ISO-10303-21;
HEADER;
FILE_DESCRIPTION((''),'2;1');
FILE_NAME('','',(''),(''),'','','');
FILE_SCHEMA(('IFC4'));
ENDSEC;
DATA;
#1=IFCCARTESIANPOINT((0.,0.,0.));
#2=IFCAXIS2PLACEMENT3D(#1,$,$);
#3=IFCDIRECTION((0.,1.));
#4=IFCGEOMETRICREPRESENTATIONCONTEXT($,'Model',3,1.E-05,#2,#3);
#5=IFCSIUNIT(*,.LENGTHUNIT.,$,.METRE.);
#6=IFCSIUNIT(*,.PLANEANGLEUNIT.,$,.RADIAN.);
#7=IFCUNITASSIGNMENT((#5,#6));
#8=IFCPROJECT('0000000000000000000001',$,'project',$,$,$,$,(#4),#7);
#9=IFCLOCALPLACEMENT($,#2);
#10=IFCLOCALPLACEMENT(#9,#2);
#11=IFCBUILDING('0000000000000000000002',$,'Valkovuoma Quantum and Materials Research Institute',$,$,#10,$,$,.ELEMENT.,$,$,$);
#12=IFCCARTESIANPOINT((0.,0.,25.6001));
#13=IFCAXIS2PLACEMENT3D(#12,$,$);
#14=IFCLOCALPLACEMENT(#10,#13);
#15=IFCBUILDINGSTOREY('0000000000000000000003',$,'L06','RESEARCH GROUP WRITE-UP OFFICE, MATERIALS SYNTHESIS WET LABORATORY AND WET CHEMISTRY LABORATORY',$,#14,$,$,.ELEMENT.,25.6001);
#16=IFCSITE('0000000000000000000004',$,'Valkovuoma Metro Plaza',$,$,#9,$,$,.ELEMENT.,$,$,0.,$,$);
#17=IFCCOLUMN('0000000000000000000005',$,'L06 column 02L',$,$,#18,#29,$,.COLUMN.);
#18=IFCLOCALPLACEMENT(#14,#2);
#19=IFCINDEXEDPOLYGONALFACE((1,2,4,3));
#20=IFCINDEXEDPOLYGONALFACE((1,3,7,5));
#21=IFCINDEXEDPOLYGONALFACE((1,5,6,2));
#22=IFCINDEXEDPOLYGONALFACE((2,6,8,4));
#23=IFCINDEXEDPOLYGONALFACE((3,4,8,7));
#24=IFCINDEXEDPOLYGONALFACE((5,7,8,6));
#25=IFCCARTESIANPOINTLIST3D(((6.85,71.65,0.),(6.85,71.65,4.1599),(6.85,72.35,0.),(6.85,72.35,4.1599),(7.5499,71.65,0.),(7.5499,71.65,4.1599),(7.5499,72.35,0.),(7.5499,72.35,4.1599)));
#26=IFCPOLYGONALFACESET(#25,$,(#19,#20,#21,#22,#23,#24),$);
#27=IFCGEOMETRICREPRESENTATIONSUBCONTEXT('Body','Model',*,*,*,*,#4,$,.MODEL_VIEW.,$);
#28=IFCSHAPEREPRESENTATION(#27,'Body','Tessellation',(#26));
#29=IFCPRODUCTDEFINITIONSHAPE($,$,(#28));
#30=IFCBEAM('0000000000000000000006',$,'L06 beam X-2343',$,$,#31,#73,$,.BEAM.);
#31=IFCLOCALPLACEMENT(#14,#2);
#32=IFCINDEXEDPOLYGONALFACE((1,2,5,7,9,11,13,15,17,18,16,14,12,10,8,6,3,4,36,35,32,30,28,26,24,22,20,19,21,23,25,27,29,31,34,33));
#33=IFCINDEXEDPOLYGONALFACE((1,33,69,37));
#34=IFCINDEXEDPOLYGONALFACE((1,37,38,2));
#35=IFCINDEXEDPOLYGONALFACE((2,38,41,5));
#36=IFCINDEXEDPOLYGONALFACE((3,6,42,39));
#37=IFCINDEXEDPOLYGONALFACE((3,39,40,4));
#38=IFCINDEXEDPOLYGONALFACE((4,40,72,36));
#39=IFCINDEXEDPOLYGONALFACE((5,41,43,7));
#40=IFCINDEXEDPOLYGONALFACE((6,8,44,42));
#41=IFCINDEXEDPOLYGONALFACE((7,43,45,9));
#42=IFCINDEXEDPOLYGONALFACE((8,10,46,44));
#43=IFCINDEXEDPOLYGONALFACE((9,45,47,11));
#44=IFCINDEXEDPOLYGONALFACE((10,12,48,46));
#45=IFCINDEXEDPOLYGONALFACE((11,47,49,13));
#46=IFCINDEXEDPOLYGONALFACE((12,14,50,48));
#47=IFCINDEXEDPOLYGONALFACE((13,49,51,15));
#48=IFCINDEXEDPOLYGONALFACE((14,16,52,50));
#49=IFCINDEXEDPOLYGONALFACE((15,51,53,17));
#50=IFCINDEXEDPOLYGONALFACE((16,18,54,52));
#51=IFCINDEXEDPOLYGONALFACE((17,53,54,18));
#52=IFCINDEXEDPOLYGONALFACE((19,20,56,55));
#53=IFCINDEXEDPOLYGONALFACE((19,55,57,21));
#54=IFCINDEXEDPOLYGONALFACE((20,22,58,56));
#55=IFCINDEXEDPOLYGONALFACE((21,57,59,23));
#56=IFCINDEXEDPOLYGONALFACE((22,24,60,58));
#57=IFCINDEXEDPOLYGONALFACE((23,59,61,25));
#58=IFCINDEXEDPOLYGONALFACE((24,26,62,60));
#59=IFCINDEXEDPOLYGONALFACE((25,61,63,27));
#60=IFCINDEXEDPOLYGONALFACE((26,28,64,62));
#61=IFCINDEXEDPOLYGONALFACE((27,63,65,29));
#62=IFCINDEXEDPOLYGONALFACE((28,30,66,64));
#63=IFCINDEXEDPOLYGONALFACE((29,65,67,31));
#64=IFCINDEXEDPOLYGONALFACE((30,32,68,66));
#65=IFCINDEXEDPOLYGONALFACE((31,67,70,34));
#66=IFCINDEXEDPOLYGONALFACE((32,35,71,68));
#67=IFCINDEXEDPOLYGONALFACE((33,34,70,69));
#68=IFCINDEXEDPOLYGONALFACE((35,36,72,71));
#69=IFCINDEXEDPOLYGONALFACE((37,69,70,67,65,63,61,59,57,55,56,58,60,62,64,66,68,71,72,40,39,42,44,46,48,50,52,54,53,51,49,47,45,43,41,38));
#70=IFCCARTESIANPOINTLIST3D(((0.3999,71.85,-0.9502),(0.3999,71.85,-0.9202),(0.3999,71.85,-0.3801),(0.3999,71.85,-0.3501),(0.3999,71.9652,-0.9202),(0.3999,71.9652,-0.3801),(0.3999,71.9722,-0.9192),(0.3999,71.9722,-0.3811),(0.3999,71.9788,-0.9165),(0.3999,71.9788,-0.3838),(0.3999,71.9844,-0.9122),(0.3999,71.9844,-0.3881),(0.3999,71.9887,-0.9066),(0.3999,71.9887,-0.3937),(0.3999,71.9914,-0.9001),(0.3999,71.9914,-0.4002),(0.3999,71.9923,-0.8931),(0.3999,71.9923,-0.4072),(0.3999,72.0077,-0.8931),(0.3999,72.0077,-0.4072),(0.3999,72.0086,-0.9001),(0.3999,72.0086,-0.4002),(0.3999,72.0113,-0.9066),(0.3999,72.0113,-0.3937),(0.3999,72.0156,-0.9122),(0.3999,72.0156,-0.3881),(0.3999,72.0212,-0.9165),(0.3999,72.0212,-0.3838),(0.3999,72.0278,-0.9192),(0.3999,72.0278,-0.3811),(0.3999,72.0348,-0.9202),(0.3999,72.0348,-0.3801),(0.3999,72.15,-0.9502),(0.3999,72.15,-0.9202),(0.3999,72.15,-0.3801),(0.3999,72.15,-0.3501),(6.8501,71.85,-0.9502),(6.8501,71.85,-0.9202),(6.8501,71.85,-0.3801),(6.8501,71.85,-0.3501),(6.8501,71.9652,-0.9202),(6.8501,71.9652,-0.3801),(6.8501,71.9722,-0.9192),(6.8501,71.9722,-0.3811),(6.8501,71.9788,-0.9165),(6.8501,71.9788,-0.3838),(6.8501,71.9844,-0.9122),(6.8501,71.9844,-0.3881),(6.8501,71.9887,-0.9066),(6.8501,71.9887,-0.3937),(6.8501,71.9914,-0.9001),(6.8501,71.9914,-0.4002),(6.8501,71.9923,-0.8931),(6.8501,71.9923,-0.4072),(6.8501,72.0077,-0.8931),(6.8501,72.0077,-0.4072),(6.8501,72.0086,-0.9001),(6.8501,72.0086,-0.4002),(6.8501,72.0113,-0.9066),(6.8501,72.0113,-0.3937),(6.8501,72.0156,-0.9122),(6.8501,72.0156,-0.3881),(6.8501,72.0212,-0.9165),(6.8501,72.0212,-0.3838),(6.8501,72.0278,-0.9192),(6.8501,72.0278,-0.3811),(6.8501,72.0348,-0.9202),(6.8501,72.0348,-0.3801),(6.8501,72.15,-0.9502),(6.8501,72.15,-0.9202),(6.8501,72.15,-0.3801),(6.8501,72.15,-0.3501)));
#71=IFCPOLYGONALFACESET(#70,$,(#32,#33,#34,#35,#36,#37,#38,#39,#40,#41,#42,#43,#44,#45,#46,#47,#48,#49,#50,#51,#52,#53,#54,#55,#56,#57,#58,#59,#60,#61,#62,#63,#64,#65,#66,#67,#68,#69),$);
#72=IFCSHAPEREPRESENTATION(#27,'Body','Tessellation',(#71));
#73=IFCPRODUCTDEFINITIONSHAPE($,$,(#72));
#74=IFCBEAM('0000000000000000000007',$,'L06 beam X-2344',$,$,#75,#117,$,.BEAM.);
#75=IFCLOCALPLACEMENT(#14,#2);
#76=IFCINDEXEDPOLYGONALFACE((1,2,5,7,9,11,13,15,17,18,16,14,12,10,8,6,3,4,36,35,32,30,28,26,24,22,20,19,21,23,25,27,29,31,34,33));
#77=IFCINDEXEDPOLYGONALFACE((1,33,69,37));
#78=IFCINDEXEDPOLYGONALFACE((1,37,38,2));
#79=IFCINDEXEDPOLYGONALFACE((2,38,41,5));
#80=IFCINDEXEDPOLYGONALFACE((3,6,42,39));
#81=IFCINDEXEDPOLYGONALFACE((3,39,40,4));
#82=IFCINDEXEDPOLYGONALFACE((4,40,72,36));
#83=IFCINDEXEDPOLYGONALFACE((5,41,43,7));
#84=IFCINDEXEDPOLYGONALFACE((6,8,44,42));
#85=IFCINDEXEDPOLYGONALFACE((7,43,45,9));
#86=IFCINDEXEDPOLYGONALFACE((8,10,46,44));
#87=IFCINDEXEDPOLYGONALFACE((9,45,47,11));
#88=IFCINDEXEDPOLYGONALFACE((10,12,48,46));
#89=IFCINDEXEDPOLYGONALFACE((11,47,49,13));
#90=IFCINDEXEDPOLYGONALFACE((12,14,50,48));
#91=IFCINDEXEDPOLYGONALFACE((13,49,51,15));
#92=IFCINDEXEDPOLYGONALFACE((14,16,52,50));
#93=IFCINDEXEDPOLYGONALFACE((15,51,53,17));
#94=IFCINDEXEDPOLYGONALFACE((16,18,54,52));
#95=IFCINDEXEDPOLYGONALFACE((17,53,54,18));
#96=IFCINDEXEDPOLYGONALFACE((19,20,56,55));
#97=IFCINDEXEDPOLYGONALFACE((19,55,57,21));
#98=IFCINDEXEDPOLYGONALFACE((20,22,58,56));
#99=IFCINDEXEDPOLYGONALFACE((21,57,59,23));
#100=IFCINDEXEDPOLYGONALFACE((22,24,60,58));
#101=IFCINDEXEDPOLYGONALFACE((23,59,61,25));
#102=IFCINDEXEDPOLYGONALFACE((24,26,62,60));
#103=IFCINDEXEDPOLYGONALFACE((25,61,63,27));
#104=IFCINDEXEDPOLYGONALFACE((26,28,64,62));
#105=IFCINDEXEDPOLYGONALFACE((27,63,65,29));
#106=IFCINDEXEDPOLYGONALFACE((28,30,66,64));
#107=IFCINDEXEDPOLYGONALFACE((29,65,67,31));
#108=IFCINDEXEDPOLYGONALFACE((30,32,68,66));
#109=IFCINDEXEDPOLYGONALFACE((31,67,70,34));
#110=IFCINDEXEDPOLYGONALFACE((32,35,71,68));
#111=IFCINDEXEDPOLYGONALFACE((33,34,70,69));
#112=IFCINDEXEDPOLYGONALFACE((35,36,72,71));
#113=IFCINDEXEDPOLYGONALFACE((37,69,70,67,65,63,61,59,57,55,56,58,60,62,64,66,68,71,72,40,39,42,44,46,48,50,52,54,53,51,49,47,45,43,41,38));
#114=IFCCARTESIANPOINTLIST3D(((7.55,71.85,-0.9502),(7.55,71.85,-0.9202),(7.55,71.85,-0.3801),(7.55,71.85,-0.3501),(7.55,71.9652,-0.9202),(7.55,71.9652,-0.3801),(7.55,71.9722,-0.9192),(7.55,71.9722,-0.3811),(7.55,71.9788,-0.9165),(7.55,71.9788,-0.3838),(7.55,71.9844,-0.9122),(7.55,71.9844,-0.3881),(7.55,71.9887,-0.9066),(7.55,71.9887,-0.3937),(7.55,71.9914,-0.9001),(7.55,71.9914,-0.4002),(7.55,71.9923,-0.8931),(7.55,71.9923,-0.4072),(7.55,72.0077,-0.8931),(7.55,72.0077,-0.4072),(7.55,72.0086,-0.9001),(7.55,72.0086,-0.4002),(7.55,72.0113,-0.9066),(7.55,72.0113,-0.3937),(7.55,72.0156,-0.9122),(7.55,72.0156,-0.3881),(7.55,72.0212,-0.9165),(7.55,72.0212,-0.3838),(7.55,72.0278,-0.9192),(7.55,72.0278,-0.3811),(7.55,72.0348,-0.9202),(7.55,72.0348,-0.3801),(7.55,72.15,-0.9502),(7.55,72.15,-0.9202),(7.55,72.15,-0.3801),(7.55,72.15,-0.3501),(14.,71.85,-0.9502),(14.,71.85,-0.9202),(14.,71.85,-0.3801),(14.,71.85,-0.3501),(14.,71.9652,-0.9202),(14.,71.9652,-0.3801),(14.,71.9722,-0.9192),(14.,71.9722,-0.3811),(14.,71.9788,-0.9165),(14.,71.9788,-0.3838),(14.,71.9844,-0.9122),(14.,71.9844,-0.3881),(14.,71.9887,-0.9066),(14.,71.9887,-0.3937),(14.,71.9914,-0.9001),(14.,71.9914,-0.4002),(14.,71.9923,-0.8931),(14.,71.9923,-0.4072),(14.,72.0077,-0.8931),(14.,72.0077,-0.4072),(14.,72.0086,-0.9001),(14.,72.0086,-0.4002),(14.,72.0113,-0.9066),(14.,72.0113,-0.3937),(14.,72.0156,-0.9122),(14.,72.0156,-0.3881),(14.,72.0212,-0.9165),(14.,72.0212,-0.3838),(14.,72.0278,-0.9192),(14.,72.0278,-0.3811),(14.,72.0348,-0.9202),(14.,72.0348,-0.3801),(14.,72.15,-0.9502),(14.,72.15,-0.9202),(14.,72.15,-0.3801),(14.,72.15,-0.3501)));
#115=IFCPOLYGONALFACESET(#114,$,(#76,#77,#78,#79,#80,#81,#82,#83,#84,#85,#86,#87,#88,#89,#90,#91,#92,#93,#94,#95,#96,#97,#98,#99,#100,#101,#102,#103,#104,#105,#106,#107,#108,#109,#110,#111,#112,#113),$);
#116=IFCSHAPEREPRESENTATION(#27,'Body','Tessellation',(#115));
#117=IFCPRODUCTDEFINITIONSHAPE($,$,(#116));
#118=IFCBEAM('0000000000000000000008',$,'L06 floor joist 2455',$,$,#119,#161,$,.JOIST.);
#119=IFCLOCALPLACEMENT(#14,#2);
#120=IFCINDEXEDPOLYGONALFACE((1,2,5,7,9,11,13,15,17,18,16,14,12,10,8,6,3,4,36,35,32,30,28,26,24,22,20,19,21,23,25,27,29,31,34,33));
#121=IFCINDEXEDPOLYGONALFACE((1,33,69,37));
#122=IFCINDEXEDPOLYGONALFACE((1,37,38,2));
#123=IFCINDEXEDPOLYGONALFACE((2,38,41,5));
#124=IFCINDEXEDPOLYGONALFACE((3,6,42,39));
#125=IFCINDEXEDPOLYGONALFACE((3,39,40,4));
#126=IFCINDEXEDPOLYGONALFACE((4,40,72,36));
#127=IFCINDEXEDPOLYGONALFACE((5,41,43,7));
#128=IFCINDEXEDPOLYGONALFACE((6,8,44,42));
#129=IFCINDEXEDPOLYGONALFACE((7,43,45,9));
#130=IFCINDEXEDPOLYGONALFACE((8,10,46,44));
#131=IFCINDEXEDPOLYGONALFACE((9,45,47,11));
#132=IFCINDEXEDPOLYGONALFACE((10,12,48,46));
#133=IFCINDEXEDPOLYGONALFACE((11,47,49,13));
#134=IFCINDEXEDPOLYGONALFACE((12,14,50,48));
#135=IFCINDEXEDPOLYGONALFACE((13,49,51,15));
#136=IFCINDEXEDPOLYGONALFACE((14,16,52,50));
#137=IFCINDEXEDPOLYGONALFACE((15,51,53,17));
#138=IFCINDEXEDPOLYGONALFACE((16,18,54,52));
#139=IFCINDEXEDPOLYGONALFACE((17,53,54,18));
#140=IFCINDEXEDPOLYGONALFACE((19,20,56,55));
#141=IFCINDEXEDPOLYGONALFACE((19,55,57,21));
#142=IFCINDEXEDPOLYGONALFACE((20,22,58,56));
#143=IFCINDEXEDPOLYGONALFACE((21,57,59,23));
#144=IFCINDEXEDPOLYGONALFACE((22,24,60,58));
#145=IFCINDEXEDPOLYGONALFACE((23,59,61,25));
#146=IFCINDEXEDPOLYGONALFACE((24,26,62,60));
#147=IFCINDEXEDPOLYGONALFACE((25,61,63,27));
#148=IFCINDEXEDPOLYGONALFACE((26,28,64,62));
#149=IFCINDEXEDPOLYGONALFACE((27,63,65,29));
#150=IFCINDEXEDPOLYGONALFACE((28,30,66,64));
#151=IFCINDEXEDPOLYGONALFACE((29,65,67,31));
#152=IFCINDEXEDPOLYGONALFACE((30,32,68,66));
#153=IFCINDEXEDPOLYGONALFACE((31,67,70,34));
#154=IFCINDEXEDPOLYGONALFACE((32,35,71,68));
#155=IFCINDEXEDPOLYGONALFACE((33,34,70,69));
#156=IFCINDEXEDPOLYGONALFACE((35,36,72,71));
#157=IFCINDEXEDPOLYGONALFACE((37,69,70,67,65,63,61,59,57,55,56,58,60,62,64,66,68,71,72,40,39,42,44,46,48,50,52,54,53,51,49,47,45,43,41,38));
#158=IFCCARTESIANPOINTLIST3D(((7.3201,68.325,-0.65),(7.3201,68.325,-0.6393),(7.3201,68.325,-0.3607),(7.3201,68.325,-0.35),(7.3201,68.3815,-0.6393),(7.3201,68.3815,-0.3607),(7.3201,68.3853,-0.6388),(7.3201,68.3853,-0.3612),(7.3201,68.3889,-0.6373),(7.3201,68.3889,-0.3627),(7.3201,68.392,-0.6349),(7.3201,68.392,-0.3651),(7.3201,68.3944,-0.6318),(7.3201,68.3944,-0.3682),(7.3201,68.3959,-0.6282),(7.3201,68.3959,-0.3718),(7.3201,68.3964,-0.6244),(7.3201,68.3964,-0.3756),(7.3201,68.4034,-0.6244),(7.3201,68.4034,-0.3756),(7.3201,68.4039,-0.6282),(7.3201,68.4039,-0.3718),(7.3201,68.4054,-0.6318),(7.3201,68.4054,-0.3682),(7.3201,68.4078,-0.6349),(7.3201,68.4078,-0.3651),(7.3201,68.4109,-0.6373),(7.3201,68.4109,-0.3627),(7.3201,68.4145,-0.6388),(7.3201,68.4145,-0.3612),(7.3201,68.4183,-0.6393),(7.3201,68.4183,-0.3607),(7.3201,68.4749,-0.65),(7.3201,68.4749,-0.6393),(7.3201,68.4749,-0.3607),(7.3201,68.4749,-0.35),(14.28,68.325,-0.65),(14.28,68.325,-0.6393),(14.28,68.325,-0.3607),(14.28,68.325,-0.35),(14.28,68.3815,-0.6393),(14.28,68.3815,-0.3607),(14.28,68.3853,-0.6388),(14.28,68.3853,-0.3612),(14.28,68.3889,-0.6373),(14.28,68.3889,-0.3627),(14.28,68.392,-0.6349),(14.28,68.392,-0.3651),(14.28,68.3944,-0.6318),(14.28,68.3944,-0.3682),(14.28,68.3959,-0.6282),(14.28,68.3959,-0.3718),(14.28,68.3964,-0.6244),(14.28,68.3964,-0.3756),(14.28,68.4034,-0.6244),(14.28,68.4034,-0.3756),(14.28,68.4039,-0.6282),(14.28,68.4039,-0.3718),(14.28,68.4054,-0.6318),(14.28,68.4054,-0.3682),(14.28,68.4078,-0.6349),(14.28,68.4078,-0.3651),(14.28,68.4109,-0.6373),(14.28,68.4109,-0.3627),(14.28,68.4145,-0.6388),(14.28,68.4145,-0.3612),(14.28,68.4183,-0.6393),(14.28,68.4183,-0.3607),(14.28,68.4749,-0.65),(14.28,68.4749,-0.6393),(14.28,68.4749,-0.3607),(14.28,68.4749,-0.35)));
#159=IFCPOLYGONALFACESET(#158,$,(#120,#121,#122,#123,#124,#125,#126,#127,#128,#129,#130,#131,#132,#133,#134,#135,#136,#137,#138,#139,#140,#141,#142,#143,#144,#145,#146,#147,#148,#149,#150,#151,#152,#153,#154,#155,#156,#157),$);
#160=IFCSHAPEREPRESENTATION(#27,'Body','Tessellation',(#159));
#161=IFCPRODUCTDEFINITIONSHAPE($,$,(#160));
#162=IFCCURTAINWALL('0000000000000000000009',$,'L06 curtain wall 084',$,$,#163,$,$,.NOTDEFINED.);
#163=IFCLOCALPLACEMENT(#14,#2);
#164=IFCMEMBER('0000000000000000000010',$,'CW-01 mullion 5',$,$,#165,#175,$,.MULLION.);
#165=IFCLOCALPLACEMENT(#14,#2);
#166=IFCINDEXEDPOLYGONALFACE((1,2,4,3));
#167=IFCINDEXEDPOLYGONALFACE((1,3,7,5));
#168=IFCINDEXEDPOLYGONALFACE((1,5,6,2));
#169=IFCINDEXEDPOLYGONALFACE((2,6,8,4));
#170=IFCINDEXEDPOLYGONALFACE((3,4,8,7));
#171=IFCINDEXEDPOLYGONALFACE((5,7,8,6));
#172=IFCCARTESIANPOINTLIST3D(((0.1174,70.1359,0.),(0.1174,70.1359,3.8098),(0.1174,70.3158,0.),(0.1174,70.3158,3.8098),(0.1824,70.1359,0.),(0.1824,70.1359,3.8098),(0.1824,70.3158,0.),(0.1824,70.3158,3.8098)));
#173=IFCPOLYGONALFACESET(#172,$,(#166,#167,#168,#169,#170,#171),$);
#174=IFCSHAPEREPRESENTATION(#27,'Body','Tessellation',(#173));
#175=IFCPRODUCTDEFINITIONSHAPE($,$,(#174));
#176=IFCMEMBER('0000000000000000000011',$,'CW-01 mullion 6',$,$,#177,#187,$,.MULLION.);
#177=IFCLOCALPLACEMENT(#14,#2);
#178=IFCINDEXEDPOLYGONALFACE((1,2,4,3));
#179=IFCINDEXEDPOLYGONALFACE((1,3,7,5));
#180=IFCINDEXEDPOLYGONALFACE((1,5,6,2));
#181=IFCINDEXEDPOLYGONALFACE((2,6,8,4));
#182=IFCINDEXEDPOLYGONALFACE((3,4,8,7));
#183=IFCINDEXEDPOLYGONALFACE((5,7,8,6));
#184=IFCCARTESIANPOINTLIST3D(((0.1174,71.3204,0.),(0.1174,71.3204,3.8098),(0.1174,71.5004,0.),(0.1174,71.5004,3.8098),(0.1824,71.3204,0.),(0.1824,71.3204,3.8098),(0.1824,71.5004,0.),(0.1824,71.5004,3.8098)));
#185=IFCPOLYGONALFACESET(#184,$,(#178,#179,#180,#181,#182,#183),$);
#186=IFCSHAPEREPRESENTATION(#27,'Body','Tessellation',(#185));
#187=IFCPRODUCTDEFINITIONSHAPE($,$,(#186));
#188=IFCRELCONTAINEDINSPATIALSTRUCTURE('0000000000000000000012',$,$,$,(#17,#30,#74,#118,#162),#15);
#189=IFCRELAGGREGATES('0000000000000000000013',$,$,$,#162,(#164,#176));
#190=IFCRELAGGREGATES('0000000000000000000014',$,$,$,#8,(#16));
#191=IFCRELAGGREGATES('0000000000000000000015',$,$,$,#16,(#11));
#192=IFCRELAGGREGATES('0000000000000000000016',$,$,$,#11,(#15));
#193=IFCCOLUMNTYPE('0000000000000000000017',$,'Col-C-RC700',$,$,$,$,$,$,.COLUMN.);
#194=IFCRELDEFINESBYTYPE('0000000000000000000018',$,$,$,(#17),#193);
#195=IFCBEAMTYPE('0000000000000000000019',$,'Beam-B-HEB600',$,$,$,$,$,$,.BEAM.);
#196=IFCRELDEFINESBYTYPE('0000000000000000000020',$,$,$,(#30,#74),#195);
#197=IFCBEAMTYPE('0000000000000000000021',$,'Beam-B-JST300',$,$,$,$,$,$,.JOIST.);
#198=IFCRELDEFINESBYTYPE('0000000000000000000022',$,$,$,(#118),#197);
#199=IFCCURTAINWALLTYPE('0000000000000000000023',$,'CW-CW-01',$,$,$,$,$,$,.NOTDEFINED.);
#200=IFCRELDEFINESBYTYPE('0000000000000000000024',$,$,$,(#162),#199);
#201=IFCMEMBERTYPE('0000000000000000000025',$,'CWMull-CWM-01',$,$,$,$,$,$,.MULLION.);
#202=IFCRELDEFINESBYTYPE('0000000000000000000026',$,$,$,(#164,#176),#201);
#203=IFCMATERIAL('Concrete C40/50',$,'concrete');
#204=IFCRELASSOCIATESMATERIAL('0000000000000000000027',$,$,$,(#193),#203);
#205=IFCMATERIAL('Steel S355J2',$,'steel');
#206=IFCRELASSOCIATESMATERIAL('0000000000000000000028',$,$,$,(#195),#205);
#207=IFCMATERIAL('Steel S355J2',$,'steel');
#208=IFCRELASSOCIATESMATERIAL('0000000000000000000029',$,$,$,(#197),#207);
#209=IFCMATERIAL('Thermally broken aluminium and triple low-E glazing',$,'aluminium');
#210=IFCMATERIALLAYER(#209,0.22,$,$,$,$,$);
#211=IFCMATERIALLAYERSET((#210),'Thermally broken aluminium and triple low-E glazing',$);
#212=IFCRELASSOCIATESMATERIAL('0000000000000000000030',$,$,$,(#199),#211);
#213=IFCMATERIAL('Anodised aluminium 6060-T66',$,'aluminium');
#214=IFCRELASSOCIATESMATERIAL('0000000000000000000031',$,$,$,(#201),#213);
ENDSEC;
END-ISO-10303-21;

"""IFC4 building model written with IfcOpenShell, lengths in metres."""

from ifc_helpers import new_model, si_unit, direction, frame, origin, origin_2d, place, context, subcontext, project, spatial, rectangle, i_section, extrude, material, layer, layer_set, material_profile, profile_set, type_object, element, aggregate, save


model = new_model("IFC4")

# Units and contexts
model_context = context("Model", 3, precision=1e-05, world=origin(), true_north=direction((0.0, 1.0)))
body_context = subcontext(model_context, "Body", "Model", "MODEL_VIEW")
ifc_project = project(units=[si_unit("LENGTHUNIT", "METRE"), si_unit("PLANEANGLEUNIT", "RADIAN")], contexts=[model_context])

# Site, building, storey
site_placement = place(None, origin())
site = spatial("IfcSite", under=ifc_project, at=site_placement, Name="Valkovuoma Metro Plaza", CompositionType="ELEMENT", RefElevation=0.0)
building_placement = place(site_placement, origin())
building = spatial("IfcBuilding", under=site, at=building_placement, Name="Valkovuoma Quantum and Materials Research Institute", CompositionType="ELEMENT")
storey_placement = place(building_placement, frame((0.0, 0.0, 25.6001)))
storey = spatial("IfcBuildingStorey", under=building, at=storey_placement, Name="L06", Description="RESEARCH GROUP WRITE-UP OFFICE, MATERIALS SYNTHESIS WET LABORATORY AND WET CHEMISTRY LABORATORY", CompositionType="ELEMENT", Elevation=25.6001)

# Column
ifc_material_1 = material(Name="Concrete C40/50", Category="concrete")
ifc_material_profile_1 = material_profile(ifc_material_1, rectangle(XDim=0.7, YDim=0.7, at=origin_2d()), Name="Concrete C40/50")
ifc_profile_set_1 = profile_set([ifc_material_profile_1], Name="Concrete C40/50")
column_type = type_object("IfcColumnType", Name="Col-C-RC700", PredefinedType="COLUMN", material=ifc_profile_set_1)
column_placement = place(storey_placement, frame((7.2, 72.0, 0.0), z_axis=(0.0, 0.0, 1.0), x_axis=(1.0, 0.0, 0.0)))
element("IfcColumn", 1, at=column_placement, inside=storey, type_object=column_type, Name="L06 column 02L", PredefinedType="COLUMN", context=body_context, shape_type="SweptSolid", body=[
    extrude(rectangle(XDim=0.7, YDim=0.7, at=origin_2d()), origin(), (0.0, 0.0, 1.0), 4.1599),
])

# Beams
ifc_material_2 = material(Name="Steel S355J2", Category="steel")
ifc_material_profile_2 = material_profile(ifc_material_2, i_section(OverallWidth=0.3, OverallDepth=0.6001, WebThickness=0.0154, FlangeThickness=0.03, FilletRadius=0.0271, at=origin_2d()), Name="Steel S355J2")
ifc_profile_set_2 = profile_set([ifc_material_profile_2], Name="Steel S355J2")
beam_type_1 = type_object("IfcBeamType", Name="Beam-B-HEB600", PredefinedType="BEAM", material=ifc_profile_set_2)
beam_1_placement = place(storey_placement, frame((0.3999, 72.0, -0.6501), z_axis=(1.0, 0.0, 0.0), x_axis=(0.0, 1.0, 0.0)))
element("IfcBeam", 2, at=beam_1_placement, inside=storey, type_object=beam_type_1, Name="L06 beam X-2343", PredefinedType="BEAM", context=body_context, shape_type="SweptSolid", body=[
    extrude(i_section(OverallWidth=0.3, OverallDepth=0.6001, WebThickness=0.0154, FlangeThickness=0.03, FilletRadius=0.0271, at=origin_2d()), origin(), (0.0, 0.0, 1.0), 6.4502),
])
beam_2_placement = place(storey_placement, frame((7.55, 72.0, -0.6501), z_axis=(1.0, 0.0, 0.0), x_axis=(0.0, 1.0, 0.0)))
element("IfcBeam", 3, at=beam_2_placement, inside=storey, type_object=beam_type_1, Name="L06 beam X-2344", PredefinedType="BEAM", context=body_context, shape_type="SweptSolid", body=[
    extrude(i_section(OverallWidth=0.3, OverallDepth=0.6001, WebThickness=0.0154, FlangeThickness=0.03, FilletRadius=0.0271, at=origin_2d()), origin(), (0.0, 0.0, 1.0), 6.45),
])
ifc_material_3 = material(Name="Steel S355J2", Category="steel")
ifc_material_profile_3 = material_profile(ifc_material_3, i_section(OverallWidth=0.1499, OverallDepth=0.3, WebThickness=0.0071, FlangeThickness=0.0107, FilletRadius=0.0149, at=origin_2d()), Name="Steel S355J2")
ifc_profile_set_3 = profile_set([ifc_material_profile_3], Name="Steel S355J2")
beam_type_2 = type_object("IfcBeamType", Name="Beam-B-JST300", PredefinedType="JOIST", material=ifc_profile_set_3)
beam_3_placement = place(storey_placement, frame((7.3201, 68.3999, -0.5), z_axis=(1.0, 0.0, 0.0), x_axis=(0.0, 1.0, 0.0)))
element("IfcBeam", 4, at=beam_3_placement, inside=storey, type_object=beam_type_2, Name="L06 floor joist 2455", PredefinedType="JOIST", context=body_context, shape_type="SweptSolid", body=[
    extrude(i_section(OverallWidth=0.1499, OverallDepth=0.3, WebThickness=0.0071, FlangeThickness=0.0107, FilletRadius=0.0149, at=origin_2d()), origin(), (0.0, 0.0, 1.0), 6.96),
])

# Curtain wall, members
ifc_material_4 = material(Name="Thermally broken aluminium and triple low-E glazing", Category="aluminium")
ifc_layer_1 = layer(ifc_material_4, 0.22)
ifc_layer_set_1 = layer_set([ifc_layer_1], Name="Thermally broken aluminium and triple low-E glazing")
curtain_wall_type = type_object("IfcCurtainWallType", Name="CW-CW-01", PredefinedType="NOTDEFINED", material=ifc_layer_set_1)
curtain_wall_placement = place(storey_placement, origin())
curtain_wall = element("IfcCurtainWall", 5, at=curtain_wall_placement, inside=storey, type_object=curtain_wall_type, Name="L06 curtain wall 084", PredefinedType="NOTDEFINED")
ifc_material_5 = material(Name="Anodised aluminium 6060-T66", Category="aluminium")
ifc_material_profile_4 = material_profile(ifc_material_5, rectangle(XDim=0.0649, YDim=0.1799, at=origin_2d()), Name="Anodised aluminium 6060-T66")
ifc_profile_set_4 = profile_set([ifc_material_profile_4], Name="Anodised aluminium 6060-T66")
member_type_1 = type_object("IfcMemberType", Name="CWMull-CWM-01", PredefinedType="MULLION", material=ifc_profile_set_4)
member_1_placement = place(storey_placement, frame((0.1499, 70.2258, 0.0), z_axis=(0.0, 0.0, 1.0), x_axis=(-1.0, 0.0, 0.0)))
member_1 = element("IfcMember", 6, at=member_1_placement, type_object=member_type_1, Name="CW-01 mullion 5", PredefinedType="MULLION", context=body_context, shape_type="SweptSolid", body=[
    extrude(rectangle(XDim=0.0649, YDim=0.1799, at=origin_2d()), origin(), (0.0, 0.0, 1.0), 3.8098),
])
member_2_placement = place(storey_placement, frame((0.1499, 71.4104, 0.0), z_axis=(0.0, 0.0, 1.0), x_axis=(-1.0, 0.0, 0.0)))
member_2 = element("IfcMember", 7, at=member_2_placement, type_object=member_type_1, Name="CW-01 mullion 6", PredefinedType="MULLION", context=body_context, shape_type="SweptSolid", body=[
    extrude(rectangle(XDim=0.0649, YDim=0.1799, at=origin_2d()), origin(), (0.0, 0.0, 1.0), 3.8098),
])
aggregate(curtain_wall, [member_1, member_2])

save(model, "model.ifc")
